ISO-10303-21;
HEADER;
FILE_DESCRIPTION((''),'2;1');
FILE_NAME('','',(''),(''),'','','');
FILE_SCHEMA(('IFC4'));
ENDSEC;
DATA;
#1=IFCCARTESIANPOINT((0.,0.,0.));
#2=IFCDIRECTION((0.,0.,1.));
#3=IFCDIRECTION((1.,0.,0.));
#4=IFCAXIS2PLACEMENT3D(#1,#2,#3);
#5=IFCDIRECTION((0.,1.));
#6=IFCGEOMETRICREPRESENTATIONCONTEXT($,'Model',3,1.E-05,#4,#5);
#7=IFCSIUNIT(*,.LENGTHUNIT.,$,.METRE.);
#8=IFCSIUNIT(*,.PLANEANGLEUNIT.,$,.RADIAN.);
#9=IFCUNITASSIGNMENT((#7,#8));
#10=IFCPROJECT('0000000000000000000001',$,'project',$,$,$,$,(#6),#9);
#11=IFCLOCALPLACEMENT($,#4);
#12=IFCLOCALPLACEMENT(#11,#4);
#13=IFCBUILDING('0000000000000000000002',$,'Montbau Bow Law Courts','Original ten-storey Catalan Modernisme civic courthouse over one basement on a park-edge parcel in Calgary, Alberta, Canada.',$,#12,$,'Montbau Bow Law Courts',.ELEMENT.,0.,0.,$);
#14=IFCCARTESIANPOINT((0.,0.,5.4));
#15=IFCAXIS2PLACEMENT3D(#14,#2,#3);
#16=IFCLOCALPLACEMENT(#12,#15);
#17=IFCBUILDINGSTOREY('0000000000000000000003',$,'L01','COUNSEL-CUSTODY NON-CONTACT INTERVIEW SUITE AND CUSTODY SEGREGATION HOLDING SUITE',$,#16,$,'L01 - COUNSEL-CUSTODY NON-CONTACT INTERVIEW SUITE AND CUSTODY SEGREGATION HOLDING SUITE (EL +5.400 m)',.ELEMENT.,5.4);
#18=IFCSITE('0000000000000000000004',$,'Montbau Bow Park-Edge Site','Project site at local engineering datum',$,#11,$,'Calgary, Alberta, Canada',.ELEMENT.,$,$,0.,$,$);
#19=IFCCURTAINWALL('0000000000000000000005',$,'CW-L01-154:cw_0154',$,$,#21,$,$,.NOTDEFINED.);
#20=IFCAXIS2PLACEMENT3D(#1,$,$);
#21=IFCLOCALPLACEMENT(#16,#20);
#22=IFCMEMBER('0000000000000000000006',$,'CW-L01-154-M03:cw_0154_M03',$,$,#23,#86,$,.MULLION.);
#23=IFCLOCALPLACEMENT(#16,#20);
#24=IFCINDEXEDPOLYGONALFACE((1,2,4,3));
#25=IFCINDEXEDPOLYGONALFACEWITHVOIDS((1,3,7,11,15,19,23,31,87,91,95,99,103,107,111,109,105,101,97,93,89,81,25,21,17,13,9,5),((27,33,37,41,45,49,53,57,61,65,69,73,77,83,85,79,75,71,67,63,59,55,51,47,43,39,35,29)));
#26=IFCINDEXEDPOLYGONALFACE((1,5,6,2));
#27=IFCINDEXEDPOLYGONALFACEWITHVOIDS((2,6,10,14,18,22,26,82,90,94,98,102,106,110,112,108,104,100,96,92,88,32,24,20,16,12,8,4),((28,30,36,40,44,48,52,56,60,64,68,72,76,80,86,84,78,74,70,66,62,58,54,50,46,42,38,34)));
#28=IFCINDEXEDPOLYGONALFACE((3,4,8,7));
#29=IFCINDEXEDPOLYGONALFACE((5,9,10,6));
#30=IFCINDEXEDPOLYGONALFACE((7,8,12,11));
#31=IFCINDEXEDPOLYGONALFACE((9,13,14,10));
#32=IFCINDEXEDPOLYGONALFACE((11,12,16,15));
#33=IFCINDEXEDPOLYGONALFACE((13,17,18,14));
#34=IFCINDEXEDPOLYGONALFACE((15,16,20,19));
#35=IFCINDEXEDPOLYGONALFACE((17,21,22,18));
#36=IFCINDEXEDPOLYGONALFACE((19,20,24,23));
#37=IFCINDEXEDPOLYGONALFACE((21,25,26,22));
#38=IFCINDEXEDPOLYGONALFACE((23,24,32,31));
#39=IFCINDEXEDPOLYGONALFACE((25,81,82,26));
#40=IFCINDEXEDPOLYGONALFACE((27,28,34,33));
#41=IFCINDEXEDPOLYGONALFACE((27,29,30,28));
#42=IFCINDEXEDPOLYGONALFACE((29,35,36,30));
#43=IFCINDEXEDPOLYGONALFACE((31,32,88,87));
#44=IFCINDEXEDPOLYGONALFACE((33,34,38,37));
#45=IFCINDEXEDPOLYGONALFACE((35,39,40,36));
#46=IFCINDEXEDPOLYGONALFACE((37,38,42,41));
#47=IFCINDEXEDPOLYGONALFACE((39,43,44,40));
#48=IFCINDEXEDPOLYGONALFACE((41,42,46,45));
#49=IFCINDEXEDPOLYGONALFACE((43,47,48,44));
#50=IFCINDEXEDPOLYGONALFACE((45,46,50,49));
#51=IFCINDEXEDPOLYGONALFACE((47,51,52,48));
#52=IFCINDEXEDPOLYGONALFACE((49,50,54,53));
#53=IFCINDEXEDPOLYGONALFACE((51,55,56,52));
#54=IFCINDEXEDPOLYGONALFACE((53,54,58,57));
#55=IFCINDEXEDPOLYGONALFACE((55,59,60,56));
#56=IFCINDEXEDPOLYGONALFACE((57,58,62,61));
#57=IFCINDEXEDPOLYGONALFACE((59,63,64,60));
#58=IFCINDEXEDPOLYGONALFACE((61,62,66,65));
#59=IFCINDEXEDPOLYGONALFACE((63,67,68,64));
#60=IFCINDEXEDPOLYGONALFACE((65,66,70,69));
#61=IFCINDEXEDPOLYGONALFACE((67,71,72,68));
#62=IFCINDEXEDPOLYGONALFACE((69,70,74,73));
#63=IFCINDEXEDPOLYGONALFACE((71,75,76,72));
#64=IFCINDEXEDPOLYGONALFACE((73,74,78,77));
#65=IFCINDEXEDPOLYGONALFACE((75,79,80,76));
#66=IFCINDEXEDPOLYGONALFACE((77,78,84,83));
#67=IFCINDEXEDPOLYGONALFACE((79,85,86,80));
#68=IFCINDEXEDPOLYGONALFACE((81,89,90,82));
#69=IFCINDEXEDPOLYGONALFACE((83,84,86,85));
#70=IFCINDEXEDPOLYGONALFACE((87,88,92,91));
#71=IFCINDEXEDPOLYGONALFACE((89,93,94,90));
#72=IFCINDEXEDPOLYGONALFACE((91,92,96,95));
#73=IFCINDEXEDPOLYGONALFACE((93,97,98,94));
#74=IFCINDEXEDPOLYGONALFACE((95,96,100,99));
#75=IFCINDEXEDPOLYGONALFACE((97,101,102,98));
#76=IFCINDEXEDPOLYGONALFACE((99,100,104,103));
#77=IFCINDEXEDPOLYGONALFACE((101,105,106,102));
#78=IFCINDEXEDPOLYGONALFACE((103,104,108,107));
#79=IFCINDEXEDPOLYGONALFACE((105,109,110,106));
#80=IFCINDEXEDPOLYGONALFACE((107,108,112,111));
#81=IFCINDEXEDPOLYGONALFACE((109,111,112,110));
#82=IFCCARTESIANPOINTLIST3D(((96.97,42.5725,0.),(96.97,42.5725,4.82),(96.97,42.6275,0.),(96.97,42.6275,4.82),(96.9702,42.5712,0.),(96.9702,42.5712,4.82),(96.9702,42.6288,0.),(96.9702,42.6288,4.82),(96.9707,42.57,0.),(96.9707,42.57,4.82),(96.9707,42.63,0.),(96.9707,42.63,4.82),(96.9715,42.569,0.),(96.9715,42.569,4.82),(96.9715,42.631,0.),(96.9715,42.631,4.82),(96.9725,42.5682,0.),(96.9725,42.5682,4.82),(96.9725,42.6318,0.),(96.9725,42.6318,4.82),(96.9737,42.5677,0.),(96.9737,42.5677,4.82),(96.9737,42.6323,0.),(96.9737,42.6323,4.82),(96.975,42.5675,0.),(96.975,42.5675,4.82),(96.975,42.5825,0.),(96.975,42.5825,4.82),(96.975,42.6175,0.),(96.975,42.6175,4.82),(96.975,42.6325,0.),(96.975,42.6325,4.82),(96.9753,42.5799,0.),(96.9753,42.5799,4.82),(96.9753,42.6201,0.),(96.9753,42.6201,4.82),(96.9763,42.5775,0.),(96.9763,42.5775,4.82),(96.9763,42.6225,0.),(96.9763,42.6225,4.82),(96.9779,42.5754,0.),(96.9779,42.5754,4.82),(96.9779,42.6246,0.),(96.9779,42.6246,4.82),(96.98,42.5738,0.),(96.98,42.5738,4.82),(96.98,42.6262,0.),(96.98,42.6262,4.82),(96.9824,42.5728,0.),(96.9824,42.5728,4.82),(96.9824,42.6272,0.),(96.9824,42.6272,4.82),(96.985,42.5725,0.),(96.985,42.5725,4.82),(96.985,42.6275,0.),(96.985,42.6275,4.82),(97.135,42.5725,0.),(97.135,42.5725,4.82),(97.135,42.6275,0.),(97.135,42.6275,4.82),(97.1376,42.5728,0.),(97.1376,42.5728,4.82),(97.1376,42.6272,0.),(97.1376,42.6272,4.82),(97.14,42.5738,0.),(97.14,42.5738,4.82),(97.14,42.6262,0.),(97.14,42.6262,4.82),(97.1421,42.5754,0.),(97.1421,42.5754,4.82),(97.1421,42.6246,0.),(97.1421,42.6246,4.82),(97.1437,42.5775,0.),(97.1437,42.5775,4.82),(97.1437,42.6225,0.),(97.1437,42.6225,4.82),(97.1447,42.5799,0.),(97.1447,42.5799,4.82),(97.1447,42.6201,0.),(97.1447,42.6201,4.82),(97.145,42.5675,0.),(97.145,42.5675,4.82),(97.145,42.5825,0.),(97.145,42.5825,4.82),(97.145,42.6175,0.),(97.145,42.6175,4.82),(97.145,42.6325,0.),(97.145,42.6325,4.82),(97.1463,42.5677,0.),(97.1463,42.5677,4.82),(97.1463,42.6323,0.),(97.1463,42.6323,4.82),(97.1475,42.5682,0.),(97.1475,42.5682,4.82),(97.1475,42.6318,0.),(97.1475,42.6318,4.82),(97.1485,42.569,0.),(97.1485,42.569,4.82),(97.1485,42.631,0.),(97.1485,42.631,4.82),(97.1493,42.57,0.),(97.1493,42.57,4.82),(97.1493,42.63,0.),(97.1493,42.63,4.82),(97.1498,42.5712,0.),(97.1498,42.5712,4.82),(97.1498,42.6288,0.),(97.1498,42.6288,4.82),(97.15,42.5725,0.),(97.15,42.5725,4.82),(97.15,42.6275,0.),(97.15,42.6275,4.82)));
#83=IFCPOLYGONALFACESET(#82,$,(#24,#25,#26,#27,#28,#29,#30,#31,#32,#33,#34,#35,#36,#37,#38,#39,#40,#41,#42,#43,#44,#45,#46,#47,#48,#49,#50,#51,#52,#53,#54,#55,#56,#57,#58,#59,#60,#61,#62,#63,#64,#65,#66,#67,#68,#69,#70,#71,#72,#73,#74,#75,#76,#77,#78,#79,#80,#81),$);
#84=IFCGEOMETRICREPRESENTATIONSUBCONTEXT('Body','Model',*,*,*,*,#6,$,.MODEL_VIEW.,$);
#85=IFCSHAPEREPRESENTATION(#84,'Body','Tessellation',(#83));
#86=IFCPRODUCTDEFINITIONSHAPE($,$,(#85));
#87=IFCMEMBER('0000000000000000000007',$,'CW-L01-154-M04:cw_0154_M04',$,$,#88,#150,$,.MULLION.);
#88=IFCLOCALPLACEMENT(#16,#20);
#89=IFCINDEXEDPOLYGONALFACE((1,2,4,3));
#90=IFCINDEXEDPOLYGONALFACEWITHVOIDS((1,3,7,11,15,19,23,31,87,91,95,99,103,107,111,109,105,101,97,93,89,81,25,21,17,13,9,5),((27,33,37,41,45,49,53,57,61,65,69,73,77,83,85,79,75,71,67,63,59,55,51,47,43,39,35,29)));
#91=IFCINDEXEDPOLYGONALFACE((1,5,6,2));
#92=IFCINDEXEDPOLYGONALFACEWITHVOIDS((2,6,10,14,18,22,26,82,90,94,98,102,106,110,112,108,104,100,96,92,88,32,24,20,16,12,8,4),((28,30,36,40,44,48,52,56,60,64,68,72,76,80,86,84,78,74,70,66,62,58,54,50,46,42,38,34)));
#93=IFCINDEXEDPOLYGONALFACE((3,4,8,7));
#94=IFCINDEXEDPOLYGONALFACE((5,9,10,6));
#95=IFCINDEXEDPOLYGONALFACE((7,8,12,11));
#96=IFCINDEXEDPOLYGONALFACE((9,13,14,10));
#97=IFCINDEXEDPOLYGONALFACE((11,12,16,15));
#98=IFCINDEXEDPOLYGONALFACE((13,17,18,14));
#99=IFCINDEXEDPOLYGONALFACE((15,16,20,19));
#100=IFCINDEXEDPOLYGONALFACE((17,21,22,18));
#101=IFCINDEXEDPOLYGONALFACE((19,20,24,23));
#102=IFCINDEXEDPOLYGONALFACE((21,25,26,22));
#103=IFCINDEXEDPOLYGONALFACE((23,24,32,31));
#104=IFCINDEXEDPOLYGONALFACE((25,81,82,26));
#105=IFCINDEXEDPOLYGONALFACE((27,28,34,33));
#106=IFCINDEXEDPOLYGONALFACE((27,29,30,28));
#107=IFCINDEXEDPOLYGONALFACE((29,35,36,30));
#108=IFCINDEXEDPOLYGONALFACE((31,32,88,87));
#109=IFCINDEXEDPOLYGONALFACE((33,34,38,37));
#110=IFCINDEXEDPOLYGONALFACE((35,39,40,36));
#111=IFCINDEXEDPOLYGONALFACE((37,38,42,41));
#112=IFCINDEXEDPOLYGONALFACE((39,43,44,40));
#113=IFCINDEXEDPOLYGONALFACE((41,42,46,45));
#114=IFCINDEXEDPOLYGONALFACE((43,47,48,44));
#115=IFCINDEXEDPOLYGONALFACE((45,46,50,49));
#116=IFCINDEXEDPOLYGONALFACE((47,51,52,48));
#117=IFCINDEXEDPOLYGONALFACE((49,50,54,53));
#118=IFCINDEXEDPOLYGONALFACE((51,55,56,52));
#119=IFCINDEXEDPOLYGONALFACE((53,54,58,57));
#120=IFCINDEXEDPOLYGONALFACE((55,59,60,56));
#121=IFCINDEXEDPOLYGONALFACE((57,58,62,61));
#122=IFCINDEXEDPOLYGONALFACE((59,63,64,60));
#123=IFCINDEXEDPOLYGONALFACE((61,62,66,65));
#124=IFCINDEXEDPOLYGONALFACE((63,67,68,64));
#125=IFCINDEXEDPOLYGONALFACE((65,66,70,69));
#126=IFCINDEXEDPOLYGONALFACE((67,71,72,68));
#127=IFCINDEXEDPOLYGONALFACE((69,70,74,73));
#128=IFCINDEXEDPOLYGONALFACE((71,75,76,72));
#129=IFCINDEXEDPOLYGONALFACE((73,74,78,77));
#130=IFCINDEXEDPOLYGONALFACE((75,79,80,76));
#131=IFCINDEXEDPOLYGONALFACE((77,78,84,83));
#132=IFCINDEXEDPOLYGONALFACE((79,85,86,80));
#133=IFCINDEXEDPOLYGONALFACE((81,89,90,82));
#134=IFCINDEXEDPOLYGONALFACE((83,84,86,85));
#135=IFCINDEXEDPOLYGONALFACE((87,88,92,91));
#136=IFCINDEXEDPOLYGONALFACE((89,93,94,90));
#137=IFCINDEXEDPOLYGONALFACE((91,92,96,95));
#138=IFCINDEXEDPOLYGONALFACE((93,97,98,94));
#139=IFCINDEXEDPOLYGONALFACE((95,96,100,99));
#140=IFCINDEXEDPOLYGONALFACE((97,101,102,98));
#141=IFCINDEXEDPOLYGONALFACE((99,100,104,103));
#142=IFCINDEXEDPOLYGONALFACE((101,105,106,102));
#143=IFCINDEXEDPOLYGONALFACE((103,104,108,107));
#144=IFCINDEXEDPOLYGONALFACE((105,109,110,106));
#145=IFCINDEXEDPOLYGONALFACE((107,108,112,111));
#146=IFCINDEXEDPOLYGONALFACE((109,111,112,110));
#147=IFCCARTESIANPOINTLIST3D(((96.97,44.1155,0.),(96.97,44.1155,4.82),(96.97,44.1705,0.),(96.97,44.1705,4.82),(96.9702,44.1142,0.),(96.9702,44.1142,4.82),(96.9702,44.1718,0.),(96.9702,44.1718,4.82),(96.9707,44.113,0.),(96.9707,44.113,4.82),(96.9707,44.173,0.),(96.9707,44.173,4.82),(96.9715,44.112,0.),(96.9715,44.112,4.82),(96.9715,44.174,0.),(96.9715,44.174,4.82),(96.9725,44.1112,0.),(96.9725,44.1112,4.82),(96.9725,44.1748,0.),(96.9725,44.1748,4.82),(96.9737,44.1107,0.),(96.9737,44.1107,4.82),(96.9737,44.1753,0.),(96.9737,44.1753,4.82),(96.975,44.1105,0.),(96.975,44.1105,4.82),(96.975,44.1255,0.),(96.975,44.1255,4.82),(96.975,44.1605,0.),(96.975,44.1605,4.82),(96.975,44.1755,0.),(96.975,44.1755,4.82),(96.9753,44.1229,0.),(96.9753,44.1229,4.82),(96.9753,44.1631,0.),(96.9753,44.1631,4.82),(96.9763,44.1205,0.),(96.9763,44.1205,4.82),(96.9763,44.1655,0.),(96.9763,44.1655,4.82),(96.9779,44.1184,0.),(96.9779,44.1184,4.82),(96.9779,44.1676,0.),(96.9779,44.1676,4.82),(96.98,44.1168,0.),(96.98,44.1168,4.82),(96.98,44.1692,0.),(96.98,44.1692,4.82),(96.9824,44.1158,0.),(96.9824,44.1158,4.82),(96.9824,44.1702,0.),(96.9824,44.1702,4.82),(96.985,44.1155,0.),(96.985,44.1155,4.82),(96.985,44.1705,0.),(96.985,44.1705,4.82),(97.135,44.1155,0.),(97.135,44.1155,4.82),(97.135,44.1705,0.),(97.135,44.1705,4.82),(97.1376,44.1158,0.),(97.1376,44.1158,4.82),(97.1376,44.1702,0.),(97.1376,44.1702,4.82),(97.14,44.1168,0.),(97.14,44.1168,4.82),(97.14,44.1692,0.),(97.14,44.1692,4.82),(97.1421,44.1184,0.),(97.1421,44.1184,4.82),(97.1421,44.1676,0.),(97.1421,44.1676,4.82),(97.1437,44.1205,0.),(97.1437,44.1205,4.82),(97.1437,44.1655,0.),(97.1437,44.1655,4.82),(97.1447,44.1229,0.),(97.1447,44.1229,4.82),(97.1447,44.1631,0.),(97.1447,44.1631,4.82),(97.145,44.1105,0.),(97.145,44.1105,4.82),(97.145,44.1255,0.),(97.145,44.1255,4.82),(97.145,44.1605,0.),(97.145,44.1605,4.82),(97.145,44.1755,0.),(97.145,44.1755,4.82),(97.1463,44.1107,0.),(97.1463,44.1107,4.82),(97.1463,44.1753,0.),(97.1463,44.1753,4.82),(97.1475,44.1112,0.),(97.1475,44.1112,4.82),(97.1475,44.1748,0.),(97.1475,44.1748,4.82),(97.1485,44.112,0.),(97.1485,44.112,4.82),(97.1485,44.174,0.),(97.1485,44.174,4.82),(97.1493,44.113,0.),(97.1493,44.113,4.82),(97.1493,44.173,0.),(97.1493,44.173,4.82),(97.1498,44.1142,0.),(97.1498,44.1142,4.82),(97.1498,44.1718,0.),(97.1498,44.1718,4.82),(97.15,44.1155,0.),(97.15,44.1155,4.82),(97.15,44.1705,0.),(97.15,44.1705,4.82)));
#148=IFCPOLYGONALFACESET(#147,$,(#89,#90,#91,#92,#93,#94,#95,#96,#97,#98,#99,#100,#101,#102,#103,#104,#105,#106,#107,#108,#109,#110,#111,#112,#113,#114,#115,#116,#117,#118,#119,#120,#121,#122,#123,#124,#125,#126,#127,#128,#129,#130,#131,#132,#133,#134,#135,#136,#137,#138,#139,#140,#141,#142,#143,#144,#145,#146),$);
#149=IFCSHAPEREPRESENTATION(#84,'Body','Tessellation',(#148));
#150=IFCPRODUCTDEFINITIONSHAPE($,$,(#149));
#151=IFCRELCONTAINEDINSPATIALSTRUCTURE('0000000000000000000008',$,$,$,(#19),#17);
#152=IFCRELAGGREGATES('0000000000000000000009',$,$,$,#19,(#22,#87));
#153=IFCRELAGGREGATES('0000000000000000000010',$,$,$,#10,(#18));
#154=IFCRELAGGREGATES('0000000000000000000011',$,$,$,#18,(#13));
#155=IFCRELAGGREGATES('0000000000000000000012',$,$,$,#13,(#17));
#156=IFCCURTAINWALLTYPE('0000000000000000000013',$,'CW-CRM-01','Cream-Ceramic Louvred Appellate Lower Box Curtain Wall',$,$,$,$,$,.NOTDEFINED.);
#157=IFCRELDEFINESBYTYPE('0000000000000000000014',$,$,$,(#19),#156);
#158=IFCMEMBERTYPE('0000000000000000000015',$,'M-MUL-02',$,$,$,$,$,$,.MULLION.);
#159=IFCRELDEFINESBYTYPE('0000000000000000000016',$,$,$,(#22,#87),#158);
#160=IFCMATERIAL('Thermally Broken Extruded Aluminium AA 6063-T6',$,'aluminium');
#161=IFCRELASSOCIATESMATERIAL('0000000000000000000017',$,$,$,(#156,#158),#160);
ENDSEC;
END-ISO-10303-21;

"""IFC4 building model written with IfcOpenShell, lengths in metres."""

from ifc_helpers import new_model, si_unit, direction, frame, origin_with_axes, origin_2d_with_axis, place, context, subcontext, project, spatial, hollow_rectangle, extrude, material, material_profile, profile_set, type_object, element, aggregate, save


model = new_model("IFC4")

# Units and contexts
model_context = context("Model", 3, precision=1e-05, world=origin_with_axes(), true_north=direction((0.0, 1.0)))
body_context = subcontext(model_context, "Body", "Model", "MODEL_VIEW")
ifc_project = project(units=[si_unit("LENGTHUNIT", "METRE"), si_unit("PLANEANGLEUNIT", "RADIAN")], contexts=[model_context])

# Site, building, storey
site_placement = place(None, origin_with_axes())
site = spatial("IfcSite", under=ifc_project, at=site_placement, Name="Montbau Bow Park-Edge Site", Description="Project site at local engineering datum", LongName="Calgary, Alberta, Canada", CompositionType="ELEMENT", RefElevation=0.0)
building_placement = place(site_placement, origin_with_axes())
building = spatial("IfcBuilding", under=site, at=building_placement, Name="Montbau Bow Law Courts", Description="Original ten-storey Catalan Modernisme civic courthouse over one basement on a park-edge parcel in Calgary, Alberta, Canada.", LongName="Montbau Bow Law Courts", CompositionType="ELEMENT", ElevationOfRefHeight=0.0, ElevationOfTerrain=0.0)
storey_placement = place(building_placement, frame((0.0, 0.0, 5.4), z_axis=(0.0, 0.0, 1.0), x_axis=(1.0, 0.0, 0.0)))
storey = spatial("IfcBuildingStorey", under=building, at=storey_placement, Name="L01", Description="COUNSEL-CUSTODY NON-CONTACT INTERVIEW SUITE AND CUSTODY SEGREGATION HOLDING SUITE", LongName="L01 - COUNSEL-CUSTODY NON-CONTACT INTERVIEW SUITE AND CUSTODY SEGREGATION HOLDING SUITE (EL +5.400 m)", CompositionType="ELEMENT", Elevation=5.4)

# Curtain wall, members
ifc_material_1 = material(Name="Thermally Broken Extruded Aluminium AA 6063-T6", Category="aluminium")
curtain_wall_type = type_object("IfcCurtainWallType", Name="CW-CRM-01", Description="Cream-Ceramic Louvred Appellate Lower Box Curtain Wall", PredefinedType="NOTDEFINED", material=ifc_material_1)
curtain_wall_1_placement = place(None, frame((97.06, 39.515, 5.4), z_axis=(0.0, 0.0, 1.0), x_axis=(1.0, 0.0, 0.0)))
curtain_wall_1 = element("IfcCurtainWall", 1, at=curtain_wall_1_placement, inside=storey, type_object=curtain_wall_type, Name="CW-L01-154:cw_0154", PredefinedType="NOTDEFINED")
ifc_material_profile_1 = material_profile(ifc_material_1, hollow_rectangle(XDim=0.065, YDim=0.18, WallThickness=0.005, InnerFilletRadius=0.01, OuterFilletRadius=0.005, at=origin_2d_with_axis()), Name="CWM-180X65", Category="Main", Priority=0)
ifc_profile_set_1 = profile_set([ifc_material_profile_1], Name="Thermally Broken Extruded Aluminium AA 6063-T6")
member_type_1 = type_object("IfcMemberType", Name="M-MUL-02", PredefinedType="MULLION", material=ifc_profile_set_1)
member_1_placement = place(None, frame((97.06, 42.6, 5.4), z_axis=(0.0, 0.0, 1.0), x_axis=(0.0, 1.0, 0.0)))
member_1 = element("IfcMember", 2, at=member_1_placement, type_object=member_type_1, Name="CW-L01-154-M03:cw_0154_M03", PredefinedType="MULLION", context=body_context, shape_type="SweptSolid", body=[
    extrude(hollow_rectangle(XDim=0.065, YDim=0.18, WallThickness=0.005, InnerFilletRadius=0.01, OuterFilletRadius=0.005, at=origin_2d_with_axis()), origin_with_axes(), (0.0, 0.0, 1.0), 4.82),
])
member_2_placement = place(None, frame((97.06, 44.143, 5.4), z_axis=(0.0, 0.0, 1.0), x_axis=(0.0, 1.0, 0.0)))
member_2 = element("IfcMember", 3, at=member_2_placement, type_object=member_type_1, Name="CW-L01-154-M04:cw_0154_M04", PredefinedType="MULLION", context=body_context, shape_type="SweptSolid", body=[
    extrude(hollow_rectangle(XDim=0.065, YDim=0.18, WallThickness=0.005, InnerFilletRadius=0.01, OuterFilletRadius=0.005, at=origin_2d_with_axis()), origin_with_axes(), (0.0, 0.0, 1.0), 4.82),
])

aggregate(curtain_wall_1, [member_1, member_2])

save(model, "model.ifc")
